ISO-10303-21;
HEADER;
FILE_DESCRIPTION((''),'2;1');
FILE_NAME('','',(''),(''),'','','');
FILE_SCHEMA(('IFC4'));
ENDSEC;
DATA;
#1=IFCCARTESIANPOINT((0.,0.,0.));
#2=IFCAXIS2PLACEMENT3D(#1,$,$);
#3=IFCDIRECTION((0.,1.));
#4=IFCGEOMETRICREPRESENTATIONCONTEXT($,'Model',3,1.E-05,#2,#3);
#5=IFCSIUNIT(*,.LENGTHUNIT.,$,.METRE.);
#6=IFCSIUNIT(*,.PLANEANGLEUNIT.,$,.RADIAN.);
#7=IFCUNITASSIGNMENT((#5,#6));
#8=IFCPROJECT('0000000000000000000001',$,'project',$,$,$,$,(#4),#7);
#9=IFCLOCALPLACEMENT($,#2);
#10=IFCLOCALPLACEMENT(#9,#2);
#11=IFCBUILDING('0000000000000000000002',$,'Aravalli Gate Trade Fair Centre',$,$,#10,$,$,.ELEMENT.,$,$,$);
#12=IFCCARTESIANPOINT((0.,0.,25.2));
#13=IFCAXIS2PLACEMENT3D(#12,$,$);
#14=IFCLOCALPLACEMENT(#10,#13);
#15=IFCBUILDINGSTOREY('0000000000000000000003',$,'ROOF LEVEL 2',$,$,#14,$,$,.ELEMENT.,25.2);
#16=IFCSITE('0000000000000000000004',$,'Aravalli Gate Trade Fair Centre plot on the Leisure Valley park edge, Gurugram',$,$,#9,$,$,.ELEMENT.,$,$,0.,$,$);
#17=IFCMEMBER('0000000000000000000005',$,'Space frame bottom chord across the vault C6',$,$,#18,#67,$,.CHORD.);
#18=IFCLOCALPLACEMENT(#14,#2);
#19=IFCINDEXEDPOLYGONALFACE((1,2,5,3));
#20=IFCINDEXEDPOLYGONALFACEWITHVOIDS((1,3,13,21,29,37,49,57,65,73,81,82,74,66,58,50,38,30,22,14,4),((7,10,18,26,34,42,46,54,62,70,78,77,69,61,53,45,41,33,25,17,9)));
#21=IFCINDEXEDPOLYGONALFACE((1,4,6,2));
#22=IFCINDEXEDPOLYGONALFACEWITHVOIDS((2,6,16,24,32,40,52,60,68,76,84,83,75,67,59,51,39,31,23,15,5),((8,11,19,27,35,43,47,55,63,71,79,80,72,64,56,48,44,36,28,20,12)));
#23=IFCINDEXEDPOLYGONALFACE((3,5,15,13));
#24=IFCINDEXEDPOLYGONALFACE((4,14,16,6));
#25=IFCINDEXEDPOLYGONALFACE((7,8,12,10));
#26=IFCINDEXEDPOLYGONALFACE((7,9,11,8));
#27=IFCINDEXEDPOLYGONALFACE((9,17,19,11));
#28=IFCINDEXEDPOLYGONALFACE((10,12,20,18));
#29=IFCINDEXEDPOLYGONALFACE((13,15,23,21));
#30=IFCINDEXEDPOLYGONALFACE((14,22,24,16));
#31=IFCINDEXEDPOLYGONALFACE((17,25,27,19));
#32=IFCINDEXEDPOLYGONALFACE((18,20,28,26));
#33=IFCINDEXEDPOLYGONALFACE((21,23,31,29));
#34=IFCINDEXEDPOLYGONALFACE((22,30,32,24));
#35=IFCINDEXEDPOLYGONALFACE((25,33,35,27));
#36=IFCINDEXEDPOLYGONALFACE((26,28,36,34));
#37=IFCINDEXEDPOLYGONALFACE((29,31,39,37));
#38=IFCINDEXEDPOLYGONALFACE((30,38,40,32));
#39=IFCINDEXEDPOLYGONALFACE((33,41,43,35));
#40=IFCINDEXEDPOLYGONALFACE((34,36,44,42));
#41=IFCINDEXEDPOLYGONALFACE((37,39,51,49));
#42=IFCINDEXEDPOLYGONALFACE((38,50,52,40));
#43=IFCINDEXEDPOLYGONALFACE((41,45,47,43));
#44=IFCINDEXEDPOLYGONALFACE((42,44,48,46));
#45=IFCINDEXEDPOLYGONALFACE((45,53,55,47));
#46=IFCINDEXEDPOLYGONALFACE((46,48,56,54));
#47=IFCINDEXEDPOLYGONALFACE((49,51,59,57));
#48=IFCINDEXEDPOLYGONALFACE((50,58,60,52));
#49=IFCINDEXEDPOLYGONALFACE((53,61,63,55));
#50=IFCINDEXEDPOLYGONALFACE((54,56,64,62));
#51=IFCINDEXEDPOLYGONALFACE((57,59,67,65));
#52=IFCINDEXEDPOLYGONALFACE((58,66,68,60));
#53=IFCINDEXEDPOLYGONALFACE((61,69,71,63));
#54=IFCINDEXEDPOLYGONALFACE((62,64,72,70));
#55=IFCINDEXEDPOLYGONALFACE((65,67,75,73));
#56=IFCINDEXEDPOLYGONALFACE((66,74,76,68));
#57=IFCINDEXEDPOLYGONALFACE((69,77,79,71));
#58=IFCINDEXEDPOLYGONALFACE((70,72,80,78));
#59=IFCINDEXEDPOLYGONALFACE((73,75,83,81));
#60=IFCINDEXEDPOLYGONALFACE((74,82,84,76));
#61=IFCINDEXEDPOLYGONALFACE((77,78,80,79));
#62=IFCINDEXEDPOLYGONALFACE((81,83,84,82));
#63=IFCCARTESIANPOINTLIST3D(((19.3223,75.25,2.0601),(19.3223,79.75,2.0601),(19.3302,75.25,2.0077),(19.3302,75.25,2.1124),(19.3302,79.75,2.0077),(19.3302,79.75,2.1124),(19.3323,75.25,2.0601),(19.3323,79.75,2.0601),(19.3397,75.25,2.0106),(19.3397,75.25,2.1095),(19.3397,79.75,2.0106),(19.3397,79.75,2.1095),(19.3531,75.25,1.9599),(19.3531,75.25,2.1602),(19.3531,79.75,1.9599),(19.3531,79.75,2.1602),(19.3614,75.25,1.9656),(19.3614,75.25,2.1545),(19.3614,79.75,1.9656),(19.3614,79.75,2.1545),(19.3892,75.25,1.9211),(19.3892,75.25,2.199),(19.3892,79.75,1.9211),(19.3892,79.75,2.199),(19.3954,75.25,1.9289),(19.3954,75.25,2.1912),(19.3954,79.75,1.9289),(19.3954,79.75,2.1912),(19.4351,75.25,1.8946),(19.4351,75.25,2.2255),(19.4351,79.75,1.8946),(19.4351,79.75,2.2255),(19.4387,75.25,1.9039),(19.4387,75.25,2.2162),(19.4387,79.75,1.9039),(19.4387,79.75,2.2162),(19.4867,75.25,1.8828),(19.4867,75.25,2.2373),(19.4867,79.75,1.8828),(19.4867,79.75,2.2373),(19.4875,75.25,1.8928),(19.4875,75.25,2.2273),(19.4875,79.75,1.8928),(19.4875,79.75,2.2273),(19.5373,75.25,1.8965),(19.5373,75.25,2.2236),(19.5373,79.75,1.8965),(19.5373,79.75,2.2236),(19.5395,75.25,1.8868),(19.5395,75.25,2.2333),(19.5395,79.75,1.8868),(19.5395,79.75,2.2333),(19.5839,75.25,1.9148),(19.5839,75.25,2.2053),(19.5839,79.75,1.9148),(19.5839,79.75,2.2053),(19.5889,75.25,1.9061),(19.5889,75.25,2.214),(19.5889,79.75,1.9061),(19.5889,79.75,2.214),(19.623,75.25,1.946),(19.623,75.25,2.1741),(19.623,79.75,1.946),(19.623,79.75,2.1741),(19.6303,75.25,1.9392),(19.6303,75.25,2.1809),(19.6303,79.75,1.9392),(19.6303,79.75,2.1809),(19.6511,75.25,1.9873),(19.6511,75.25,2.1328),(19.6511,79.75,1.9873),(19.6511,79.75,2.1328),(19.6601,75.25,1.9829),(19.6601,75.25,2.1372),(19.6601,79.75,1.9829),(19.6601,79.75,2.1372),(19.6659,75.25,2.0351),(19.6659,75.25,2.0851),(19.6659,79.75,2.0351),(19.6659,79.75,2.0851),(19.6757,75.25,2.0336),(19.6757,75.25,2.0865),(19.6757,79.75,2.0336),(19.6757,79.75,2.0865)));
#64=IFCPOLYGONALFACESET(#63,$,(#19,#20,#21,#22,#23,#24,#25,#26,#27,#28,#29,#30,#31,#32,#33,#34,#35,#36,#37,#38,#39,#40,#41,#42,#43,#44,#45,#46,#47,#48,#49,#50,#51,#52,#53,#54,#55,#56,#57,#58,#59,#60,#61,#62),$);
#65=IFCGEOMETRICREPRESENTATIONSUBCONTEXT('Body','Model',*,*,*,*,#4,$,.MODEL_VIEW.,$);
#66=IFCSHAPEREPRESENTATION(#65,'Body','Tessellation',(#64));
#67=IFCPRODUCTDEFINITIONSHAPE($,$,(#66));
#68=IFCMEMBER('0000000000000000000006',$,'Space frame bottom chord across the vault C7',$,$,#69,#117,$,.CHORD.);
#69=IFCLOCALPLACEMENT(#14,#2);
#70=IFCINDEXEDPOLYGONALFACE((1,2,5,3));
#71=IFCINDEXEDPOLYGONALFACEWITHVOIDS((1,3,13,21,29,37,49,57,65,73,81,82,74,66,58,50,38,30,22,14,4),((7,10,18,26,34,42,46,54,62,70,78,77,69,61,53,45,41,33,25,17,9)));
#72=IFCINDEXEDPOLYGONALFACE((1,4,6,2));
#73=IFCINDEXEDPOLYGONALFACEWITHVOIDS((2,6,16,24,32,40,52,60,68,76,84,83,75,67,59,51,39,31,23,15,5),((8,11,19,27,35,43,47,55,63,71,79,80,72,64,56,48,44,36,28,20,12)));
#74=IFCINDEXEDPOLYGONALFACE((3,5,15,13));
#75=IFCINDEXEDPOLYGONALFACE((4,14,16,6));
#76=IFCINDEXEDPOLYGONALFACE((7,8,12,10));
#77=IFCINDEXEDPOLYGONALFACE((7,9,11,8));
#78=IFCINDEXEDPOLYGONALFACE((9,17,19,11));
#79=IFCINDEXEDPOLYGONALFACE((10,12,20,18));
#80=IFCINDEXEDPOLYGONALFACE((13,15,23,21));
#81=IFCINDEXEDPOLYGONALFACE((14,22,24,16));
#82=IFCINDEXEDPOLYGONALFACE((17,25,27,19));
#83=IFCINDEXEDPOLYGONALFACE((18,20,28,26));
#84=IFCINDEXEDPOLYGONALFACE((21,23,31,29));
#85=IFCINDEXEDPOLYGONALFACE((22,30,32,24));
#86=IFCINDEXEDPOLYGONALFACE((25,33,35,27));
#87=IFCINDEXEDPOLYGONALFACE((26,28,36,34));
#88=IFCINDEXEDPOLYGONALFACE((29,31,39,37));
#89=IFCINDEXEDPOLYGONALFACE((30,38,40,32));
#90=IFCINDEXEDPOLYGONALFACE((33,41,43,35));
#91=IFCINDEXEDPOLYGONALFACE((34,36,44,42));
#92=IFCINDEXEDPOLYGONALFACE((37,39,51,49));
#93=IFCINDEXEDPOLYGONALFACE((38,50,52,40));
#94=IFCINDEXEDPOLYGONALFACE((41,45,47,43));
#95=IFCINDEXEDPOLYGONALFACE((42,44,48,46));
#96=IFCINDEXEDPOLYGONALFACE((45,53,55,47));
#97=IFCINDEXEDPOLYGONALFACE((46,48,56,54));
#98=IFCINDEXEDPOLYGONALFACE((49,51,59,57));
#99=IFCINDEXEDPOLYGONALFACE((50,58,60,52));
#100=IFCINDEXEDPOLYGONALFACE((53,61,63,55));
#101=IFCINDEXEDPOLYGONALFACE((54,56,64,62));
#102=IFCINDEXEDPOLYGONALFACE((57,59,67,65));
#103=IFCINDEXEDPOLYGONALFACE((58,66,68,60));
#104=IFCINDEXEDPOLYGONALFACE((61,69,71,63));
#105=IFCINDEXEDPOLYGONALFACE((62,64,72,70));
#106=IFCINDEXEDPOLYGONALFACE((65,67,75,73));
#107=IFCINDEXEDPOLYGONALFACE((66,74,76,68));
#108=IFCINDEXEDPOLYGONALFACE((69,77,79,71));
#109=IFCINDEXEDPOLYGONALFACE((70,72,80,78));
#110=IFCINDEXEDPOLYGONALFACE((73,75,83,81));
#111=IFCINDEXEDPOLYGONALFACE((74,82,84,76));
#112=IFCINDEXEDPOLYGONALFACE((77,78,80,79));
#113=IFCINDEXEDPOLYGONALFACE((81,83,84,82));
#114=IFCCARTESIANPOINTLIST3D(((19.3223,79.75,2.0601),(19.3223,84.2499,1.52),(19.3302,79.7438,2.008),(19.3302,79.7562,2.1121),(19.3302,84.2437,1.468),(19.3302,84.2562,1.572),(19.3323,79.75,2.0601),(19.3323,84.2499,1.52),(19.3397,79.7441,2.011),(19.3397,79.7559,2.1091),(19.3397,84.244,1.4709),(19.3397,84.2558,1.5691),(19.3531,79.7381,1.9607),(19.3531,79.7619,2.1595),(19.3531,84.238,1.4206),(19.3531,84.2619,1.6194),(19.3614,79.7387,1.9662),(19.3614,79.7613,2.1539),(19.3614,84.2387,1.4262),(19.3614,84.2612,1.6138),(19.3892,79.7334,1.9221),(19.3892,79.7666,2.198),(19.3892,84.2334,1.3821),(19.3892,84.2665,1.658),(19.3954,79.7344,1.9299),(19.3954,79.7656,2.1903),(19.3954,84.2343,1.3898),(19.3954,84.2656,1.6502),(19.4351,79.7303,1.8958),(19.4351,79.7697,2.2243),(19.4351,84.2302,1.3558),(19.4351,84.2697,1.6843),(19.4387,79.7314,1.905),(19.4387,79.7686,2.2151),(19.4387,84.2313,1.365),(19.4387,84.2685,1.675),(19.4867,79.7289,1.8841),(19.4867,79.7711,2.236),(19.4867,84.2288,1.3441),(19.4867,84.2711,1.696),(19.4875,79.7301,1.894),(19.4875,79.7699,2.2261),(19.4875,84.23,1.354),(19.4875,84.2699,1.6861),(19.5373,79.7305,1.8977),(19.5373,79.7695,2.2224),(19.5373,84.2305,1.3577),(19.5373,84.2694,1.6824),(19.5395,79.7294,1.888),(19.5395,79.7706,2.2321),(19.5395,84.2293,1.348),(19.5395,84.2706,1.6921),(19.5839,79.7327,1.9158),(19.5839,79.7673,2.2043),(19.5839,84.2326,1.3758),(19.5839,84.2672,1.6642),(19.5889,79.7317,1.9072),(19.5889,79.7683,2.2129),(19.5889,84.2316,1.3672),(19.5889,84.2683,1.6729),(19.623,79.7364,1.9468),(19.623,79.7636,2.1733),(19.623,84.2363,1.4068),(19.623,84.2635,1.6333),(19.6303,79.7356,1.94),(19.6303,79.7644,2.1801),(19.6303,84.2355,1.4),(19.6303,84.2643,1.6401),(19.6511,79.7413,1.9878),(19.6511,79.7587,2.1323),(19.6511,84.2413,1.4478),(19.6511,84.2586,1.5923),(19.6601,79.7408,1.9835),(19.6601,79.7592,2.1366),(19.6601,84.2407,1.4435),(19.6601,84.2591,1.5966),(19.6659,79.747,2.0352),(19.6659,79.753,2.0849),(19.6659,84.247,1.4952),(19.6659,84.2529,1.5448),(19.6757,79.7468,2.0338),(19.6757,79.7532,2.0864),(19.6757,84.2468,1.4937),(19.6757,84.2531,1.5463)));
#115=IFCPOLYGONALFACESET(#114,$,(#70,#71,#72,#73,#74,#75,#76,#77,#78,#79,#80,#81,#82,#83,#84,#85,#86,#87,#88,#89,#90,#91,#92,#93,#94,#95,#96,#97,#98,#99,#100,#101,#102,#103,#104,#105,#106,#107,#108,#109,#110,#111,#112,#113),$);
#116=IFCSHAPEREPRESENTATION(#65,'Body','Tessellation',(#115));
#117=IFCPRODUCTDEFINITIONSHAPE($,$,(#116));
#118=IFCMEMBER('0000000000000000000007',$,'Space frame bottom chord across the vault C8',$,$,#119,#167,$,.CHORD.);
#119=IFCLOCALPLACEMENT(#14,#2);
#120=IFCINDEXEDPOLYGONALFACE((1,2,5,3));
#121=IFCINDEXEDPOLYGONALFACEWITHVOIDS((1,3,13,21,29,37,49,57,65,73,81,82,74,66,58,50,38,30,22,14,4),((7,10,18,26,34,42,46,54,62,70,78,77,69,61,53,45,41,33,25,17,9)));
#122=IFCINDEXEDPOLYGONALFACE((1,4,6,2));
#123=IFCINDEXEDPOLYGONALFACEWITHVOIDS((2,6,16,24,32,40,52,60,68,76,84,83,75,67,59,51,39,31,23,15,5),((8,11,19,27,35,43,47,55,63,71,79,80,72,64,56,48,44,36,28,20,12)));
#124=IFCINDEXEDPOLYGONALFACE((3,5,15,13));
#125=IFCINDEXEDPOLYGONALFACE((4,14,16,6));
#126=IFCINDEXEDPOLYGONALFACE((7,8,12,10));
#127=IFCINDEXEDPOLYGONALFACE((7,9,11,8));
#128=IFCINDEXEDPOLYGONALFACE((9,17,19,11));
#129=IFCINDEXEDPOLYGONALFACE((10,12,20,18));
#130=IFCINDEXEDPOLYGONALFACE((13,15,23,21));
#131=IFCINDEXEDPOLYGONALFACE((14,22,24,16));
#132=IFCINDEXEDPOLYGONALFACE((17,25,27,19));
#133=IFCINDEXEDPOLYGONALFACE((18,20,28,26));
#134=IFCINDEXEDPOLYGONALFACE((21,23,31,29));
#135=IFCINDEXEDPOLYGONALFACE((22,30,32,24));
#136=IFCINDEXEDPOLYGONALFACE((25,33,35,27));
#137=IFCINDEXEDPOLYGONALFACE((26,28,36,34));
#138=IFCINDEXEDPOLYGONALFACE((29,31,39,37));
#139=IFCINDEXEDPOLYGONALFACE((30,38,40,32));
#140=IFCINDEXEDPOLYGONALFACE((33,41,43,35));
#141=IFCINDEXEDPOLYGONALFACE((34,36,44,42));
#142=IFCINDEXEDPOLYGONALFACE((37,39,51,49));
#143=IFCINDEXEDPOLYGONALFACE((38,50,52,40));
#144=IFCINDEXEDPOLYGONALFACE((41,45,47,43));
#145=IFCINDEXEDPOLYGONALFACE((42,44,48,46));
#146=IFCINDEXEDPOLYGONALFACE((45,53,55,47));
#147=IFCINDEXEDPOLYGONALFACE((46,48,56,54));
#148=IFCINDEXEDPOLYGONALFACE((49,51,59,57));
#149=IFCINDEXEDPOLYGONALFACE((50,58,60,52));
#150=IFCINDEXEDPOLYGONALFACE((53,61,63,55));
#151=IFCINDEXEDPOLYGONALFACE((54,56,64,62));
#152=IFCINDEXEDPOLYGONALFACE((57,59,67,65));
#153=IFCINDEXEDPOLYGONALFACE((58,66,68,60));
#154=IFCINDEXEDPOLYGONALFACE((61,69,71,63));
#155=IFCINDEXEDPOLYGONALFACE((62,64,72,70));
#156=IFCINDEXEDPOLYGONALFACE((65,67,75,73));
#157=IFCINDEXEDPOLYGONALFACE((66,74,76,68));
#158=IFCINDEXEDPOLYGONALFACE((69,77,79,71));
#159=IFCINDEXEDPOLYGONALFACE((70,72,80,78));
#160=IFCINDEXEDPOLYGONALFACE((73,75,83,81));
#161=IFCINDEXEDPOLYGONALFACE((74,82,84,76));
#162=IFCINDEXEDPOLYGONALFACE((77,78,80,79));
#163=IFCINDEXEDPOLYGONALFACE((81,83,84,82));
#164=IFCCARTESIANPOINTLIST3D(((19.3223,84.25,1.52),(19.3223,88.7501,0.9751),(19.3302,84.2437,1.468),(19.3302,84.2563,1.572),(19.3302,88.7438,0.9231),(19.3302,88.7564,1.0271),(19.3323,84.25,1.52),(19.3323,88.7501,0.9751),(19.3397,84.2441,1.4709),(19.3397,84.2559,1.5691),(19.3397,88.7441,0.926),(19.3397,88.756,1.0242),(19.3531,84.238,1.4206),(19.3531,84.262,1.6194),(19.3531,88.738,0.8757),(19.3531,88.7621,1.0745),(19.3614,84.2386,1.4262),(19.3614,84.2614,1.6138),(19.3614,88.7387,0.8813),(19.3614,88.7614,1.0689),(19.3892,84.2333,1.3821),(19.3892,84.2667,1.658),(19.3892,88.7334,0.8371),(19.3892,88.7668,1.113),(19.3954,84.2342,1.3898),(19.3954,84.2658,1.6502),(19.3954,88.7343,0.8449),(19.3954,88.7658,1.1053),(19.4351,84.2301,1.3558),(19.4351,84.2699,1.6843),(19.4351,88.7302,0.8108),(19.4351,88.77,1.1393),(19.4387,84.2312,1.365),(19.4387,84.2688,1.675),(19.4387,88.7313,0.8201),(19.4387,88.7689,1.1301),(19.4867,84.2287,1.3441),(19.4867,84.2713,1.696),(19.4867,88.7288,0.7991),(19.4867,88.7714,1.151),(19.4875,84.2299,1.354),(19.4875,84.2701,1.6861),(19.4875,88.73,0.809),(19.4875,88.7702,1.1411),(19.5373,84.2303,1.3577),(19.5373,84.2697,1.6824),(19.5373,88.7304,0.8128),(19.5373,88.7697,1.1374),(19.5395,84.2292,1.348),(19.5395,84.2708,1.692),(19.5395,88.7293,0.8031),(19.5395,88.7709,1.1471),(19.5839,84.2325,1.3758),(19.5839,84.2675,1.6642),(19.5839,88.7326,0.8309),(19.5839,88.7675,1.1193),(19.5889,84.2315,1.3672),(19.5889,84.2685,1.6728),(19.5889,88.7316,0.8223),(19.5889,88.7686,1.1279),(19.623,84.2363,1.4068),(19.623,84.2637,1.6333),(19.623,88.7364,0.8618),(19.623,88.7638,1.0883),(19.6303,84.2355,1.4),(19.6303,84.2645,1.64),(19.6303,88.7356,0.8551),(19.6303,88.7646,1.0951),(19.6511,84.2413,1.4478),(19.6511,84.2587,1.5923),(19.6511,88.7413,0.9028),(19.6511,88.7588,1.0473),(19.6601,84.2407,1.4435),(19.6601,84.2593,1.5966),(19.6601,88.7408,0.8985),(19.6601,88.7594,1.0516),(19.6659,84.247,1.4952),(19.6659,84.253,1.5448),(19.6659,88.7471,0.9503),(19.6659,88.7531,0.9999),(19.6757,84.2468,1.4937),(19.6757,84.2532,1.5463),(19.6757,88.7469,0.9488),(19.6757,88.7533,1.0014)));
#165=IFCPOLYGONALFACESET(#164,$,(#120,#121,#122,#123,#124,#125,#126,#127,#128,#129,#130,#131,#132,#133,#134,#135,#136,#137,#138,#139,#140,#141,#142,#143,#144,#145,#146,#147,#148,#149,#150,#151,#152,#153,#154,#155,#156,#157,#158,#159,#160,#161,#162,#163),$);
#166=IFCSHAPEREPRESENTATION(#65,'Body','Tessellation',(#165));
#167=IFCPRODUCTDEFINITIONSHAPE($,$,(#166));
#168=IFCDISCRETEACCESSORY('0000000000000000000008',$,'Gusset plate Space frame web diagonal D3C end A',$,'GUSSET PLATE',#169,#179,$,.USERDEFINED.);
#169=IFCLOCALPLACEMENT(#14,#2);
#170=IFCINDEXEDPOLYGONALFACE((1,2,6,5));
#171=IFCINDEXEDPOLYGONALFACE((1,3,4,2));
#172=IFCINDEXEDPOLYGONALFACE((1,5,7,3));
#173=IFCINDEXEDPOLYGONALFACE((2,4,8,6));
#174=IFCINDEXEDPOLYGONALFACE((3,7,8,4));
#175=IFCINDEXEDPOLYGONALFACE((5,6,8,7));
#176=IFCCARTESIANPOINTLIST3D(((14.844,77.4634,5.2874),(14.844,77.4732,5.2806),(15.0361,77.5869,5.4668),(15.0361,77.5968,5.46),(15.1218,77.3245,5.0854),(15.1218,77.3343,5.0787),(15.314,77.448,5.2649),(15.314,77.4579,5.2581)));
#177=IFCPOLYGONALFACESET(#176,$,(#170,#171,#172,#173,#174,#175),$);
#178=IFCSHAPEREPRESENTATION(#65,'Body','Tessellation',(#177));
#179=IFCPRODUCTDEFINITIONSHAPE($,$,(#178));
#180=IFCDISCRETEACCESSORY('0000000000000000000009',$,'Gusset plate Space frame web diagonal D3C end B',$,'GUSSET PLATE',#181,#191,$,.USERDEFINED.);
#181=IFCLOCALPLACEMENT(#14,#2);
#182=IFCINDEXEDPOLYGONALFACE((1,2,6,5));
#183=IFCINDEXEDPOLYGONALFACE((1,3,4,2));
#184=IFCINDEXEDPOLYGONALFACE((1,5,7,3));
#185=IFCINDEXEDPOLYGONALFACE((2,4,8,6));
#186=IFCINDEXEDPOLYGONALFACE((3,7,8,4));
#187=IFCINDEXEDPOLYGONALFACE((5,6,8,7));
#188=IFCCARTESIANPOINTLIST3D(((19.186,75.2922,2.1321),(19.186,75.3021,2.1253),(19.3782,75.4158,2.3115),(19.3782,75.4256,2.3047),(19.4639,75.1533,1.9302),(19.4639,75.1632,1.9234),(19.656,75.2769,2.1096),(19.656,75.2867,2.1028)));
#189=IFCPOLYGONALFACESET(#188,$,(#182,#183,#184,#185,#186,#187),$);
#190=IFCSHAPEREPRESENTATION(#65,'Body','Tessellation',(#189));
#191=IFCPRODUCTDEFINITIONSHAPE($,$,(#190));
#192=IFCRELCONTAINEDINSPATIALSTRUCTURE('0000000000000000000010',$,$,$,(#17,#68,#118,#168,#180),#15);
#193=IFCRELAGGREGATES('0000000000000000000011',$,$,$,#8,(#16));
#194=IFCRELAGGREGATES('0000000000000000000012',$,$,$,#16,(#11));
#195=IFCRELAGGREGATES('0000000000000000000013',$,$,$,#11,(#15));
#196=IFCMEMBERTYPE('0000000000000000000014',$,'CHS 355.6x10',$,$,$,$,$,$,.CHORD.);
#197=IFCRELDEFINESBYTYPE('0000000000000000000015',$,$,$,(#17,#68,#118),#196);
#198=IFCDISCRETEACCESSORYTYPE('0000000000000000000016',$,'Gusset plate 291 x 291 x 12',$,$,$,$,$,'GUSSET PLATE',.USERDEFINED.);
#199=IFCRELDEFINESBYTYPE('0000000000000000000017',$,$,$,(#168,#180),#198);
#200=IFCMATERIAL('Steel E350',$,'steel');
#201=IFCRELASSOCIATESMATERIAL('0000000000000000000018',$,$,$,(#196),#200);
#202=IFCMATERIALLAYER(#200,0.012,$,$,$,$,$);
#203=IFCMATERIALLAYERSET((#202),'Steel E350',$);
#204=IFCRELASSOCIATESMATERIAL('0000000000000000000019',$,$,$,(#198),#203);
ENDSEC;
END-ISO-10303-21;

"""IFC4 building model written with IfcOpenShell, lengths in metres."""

from ifc_helpers import new_model, si_unit, direction, frame, origin, origin_2d, place, context, subcontext, project, spatial, polyline, hollow_circle, outline, extrude, material, layer, layer_set, material_profile, profile_set, type_object, element, save


model = new_model("IFC4")

# Units and contexts
model_context = context("Model", 3, precision=1e-05, world=origin(), true_north=direction((0.0, 1.0)))
body_context = subcontext(model_context, "Body", "Model", "MODEL_VIEW")
ifc_project = project(units=[si_unit("LENGTHUNIT", "METRE"), si_unit("PLANEANGLEUNIT", "RADIAN")], contexts=[model_context])

# Site, building, storey
site_placement = place(None, origin())
site = spatial("IfcSite", under=ifc_project, at=site_placement, Name="Aravalli Gate Trade Fair Centre plot on the Leisure Valley park edge, Gurugram", CompositionType="ELEMENT", RefElevation=0.0)
building_placement = place(site_placement, origin())
building = spatial("IfcBuilding", under=site, at=building_placement, Name="Aravalli Gate Trade Fair Centre", CompositionType="ELEMENT")
storey_placement = place(building_placement, frame((0.0, 0.0, 25.2)))
storey = spatial("IfcBuildingStorey", under=building, at=storey_placement, Name="ROOF LEVEL 2", CompositionType="ELEMENT", Elevation=25.2)

# Members
ifc_material = material(Name="Steel E350", Category="steel")
ifc_material_profile_1 = material_profile(ifc_material, hollow_circle(Radius=0.1777, WallThickness=0.01, at=origin_2d()), Name="CHS 355.6x10")
ifc_profile_set_1 = profile_set([ifc_material_profile_1], Name="Steel E350")
member_type_1 = type_object("IfcMemberType", Name="CHS 355.6x10", PredefinedType="CHORD", material=ifc_profile_set_1)
member_1_placement = place(storey_placement, frame((19.5, 75.25, 2.0601), z_axis=(0.0, 1.0, 0.0), x_axis=(-1.0, 0.0, 0.0)))
element("IfcMember", 1, at=member_1_placement, inside=storey, type_object=member_type_1, Name="Space frame bottom chord across the vault C6", PredefinedType="CHORD", context=body_context, shape_type="SweptSolid", body=[
    extrude(hollow_circle(Radius=0.1777, WallThickness=0.01, at=origin_2d()), origin(), (0.0, 0.0, 1.0), 4.5),
])
member_2_placement = place(storey_placement, frame((19.5, 79.75, 2.0601), z_axis=(0.0, 0.992876, -0.119154), x_axis=(-1.0, 0.0, 0.0)))
element("IfcMember", 2, at=member_2_placement, inside=storey, type_object=member_type_1, Name="Space frame bottom chord across the vault C7", PredefinedType="CHORD", context=body_context, shape_type="SweptSolid", body=[
    extrude(hollow_circle(Radius=0.1777, WallThickness=0.01, at=origin_2d()), origin(), (0.0, 0.0, 1.0), 4.5322),
])
member_3_placement = place(storey_placement, frame((19.5, 84.25, 1.52), z_axis=(0.0, 0.992748, -0.120216), x_axis=(-1.0, 0.0, 0.0)))
element("IfcMember", 3, at=member_3_placement, inside=storey, type_object=member_type_1, Name="Space frame bottom chord across the vault C8", PredefinedType="CHORD", context=body_context, shape_type="SweptSolid", body=[
    extrude(hollow_circle(Radius=0.1777, WallThickness=0.01, at=origin_2d()), origin(), (0.0, 0.0, 1.0), 4.533),
])

# Discrete accessories
ifc_layer = layer(ifc_material, 0.012)
ifc_layer_set = layer_set([ifc_layer], Name="Steel E350")
discrete_accessory_type = type_object("IfcDiscreteAccessoryType", Name="Gusset plate 291 x 291 x 12", ElementType="GUSSET PLATE", PredefinedType="USERDEFINED", material=ifc_layer_set)
discrete_accessory_1_placement = place(storey_placement, frame((15.1218, 77.3245, 5.0854), z_axis=(0.000137, -0.82375, 0.566952), x_axis=(-0.749929, 0.374965, 0.544984)))
element("IfcDiscreteAccessory", 4, at=discrete_accessory_1_placement, inside=storey, type_object=discrete_accessory_type, Name="Gusset plate Space frame web diagonal D3C end A", ObjectType="GUSSET PLATE", PredefinedType="USERDEFINED", context=body_context, shape_type="SweptSolid", body=[
    extrude(outline(polyline([(0.0, 0.0), (0.3705, 0.0), (0.3705, -0.2905), (0.0, -0.2905), (0.0, 0.0)])), origin(), (0.0, 0.0, -1.0), 0.012),
])
discrete_accessory_2_placement = place(storey_placement, frame((19.186, 75.2922, 2.1321), z_axis=(0.000137, -0.82375, 0.566952), x_axis=(0.749929, -0.374965, -0.544984)))
element("IfcDiscreteAccessory", 5, at=discrete_accessory_2_placement, inside=storey, type_object=discrete_accessory_type, Name="Gusset plate Space frame web diagonal D3C end B", ObjectType="GUSSET PLATE", PredefinedType="USERDEFINED", context=body_context, shape_type="SweptSolid", body=[
    extrude(outline(polyline([(0.0, 0.0), (0.3705, 0.0), (0.3705, 0.2905), (0.0, 0.2905), (0.0, 0.0)])), origin(), (0.0, 0.0, -1.0), 0.012),
])

save(model, "model.ifc")
